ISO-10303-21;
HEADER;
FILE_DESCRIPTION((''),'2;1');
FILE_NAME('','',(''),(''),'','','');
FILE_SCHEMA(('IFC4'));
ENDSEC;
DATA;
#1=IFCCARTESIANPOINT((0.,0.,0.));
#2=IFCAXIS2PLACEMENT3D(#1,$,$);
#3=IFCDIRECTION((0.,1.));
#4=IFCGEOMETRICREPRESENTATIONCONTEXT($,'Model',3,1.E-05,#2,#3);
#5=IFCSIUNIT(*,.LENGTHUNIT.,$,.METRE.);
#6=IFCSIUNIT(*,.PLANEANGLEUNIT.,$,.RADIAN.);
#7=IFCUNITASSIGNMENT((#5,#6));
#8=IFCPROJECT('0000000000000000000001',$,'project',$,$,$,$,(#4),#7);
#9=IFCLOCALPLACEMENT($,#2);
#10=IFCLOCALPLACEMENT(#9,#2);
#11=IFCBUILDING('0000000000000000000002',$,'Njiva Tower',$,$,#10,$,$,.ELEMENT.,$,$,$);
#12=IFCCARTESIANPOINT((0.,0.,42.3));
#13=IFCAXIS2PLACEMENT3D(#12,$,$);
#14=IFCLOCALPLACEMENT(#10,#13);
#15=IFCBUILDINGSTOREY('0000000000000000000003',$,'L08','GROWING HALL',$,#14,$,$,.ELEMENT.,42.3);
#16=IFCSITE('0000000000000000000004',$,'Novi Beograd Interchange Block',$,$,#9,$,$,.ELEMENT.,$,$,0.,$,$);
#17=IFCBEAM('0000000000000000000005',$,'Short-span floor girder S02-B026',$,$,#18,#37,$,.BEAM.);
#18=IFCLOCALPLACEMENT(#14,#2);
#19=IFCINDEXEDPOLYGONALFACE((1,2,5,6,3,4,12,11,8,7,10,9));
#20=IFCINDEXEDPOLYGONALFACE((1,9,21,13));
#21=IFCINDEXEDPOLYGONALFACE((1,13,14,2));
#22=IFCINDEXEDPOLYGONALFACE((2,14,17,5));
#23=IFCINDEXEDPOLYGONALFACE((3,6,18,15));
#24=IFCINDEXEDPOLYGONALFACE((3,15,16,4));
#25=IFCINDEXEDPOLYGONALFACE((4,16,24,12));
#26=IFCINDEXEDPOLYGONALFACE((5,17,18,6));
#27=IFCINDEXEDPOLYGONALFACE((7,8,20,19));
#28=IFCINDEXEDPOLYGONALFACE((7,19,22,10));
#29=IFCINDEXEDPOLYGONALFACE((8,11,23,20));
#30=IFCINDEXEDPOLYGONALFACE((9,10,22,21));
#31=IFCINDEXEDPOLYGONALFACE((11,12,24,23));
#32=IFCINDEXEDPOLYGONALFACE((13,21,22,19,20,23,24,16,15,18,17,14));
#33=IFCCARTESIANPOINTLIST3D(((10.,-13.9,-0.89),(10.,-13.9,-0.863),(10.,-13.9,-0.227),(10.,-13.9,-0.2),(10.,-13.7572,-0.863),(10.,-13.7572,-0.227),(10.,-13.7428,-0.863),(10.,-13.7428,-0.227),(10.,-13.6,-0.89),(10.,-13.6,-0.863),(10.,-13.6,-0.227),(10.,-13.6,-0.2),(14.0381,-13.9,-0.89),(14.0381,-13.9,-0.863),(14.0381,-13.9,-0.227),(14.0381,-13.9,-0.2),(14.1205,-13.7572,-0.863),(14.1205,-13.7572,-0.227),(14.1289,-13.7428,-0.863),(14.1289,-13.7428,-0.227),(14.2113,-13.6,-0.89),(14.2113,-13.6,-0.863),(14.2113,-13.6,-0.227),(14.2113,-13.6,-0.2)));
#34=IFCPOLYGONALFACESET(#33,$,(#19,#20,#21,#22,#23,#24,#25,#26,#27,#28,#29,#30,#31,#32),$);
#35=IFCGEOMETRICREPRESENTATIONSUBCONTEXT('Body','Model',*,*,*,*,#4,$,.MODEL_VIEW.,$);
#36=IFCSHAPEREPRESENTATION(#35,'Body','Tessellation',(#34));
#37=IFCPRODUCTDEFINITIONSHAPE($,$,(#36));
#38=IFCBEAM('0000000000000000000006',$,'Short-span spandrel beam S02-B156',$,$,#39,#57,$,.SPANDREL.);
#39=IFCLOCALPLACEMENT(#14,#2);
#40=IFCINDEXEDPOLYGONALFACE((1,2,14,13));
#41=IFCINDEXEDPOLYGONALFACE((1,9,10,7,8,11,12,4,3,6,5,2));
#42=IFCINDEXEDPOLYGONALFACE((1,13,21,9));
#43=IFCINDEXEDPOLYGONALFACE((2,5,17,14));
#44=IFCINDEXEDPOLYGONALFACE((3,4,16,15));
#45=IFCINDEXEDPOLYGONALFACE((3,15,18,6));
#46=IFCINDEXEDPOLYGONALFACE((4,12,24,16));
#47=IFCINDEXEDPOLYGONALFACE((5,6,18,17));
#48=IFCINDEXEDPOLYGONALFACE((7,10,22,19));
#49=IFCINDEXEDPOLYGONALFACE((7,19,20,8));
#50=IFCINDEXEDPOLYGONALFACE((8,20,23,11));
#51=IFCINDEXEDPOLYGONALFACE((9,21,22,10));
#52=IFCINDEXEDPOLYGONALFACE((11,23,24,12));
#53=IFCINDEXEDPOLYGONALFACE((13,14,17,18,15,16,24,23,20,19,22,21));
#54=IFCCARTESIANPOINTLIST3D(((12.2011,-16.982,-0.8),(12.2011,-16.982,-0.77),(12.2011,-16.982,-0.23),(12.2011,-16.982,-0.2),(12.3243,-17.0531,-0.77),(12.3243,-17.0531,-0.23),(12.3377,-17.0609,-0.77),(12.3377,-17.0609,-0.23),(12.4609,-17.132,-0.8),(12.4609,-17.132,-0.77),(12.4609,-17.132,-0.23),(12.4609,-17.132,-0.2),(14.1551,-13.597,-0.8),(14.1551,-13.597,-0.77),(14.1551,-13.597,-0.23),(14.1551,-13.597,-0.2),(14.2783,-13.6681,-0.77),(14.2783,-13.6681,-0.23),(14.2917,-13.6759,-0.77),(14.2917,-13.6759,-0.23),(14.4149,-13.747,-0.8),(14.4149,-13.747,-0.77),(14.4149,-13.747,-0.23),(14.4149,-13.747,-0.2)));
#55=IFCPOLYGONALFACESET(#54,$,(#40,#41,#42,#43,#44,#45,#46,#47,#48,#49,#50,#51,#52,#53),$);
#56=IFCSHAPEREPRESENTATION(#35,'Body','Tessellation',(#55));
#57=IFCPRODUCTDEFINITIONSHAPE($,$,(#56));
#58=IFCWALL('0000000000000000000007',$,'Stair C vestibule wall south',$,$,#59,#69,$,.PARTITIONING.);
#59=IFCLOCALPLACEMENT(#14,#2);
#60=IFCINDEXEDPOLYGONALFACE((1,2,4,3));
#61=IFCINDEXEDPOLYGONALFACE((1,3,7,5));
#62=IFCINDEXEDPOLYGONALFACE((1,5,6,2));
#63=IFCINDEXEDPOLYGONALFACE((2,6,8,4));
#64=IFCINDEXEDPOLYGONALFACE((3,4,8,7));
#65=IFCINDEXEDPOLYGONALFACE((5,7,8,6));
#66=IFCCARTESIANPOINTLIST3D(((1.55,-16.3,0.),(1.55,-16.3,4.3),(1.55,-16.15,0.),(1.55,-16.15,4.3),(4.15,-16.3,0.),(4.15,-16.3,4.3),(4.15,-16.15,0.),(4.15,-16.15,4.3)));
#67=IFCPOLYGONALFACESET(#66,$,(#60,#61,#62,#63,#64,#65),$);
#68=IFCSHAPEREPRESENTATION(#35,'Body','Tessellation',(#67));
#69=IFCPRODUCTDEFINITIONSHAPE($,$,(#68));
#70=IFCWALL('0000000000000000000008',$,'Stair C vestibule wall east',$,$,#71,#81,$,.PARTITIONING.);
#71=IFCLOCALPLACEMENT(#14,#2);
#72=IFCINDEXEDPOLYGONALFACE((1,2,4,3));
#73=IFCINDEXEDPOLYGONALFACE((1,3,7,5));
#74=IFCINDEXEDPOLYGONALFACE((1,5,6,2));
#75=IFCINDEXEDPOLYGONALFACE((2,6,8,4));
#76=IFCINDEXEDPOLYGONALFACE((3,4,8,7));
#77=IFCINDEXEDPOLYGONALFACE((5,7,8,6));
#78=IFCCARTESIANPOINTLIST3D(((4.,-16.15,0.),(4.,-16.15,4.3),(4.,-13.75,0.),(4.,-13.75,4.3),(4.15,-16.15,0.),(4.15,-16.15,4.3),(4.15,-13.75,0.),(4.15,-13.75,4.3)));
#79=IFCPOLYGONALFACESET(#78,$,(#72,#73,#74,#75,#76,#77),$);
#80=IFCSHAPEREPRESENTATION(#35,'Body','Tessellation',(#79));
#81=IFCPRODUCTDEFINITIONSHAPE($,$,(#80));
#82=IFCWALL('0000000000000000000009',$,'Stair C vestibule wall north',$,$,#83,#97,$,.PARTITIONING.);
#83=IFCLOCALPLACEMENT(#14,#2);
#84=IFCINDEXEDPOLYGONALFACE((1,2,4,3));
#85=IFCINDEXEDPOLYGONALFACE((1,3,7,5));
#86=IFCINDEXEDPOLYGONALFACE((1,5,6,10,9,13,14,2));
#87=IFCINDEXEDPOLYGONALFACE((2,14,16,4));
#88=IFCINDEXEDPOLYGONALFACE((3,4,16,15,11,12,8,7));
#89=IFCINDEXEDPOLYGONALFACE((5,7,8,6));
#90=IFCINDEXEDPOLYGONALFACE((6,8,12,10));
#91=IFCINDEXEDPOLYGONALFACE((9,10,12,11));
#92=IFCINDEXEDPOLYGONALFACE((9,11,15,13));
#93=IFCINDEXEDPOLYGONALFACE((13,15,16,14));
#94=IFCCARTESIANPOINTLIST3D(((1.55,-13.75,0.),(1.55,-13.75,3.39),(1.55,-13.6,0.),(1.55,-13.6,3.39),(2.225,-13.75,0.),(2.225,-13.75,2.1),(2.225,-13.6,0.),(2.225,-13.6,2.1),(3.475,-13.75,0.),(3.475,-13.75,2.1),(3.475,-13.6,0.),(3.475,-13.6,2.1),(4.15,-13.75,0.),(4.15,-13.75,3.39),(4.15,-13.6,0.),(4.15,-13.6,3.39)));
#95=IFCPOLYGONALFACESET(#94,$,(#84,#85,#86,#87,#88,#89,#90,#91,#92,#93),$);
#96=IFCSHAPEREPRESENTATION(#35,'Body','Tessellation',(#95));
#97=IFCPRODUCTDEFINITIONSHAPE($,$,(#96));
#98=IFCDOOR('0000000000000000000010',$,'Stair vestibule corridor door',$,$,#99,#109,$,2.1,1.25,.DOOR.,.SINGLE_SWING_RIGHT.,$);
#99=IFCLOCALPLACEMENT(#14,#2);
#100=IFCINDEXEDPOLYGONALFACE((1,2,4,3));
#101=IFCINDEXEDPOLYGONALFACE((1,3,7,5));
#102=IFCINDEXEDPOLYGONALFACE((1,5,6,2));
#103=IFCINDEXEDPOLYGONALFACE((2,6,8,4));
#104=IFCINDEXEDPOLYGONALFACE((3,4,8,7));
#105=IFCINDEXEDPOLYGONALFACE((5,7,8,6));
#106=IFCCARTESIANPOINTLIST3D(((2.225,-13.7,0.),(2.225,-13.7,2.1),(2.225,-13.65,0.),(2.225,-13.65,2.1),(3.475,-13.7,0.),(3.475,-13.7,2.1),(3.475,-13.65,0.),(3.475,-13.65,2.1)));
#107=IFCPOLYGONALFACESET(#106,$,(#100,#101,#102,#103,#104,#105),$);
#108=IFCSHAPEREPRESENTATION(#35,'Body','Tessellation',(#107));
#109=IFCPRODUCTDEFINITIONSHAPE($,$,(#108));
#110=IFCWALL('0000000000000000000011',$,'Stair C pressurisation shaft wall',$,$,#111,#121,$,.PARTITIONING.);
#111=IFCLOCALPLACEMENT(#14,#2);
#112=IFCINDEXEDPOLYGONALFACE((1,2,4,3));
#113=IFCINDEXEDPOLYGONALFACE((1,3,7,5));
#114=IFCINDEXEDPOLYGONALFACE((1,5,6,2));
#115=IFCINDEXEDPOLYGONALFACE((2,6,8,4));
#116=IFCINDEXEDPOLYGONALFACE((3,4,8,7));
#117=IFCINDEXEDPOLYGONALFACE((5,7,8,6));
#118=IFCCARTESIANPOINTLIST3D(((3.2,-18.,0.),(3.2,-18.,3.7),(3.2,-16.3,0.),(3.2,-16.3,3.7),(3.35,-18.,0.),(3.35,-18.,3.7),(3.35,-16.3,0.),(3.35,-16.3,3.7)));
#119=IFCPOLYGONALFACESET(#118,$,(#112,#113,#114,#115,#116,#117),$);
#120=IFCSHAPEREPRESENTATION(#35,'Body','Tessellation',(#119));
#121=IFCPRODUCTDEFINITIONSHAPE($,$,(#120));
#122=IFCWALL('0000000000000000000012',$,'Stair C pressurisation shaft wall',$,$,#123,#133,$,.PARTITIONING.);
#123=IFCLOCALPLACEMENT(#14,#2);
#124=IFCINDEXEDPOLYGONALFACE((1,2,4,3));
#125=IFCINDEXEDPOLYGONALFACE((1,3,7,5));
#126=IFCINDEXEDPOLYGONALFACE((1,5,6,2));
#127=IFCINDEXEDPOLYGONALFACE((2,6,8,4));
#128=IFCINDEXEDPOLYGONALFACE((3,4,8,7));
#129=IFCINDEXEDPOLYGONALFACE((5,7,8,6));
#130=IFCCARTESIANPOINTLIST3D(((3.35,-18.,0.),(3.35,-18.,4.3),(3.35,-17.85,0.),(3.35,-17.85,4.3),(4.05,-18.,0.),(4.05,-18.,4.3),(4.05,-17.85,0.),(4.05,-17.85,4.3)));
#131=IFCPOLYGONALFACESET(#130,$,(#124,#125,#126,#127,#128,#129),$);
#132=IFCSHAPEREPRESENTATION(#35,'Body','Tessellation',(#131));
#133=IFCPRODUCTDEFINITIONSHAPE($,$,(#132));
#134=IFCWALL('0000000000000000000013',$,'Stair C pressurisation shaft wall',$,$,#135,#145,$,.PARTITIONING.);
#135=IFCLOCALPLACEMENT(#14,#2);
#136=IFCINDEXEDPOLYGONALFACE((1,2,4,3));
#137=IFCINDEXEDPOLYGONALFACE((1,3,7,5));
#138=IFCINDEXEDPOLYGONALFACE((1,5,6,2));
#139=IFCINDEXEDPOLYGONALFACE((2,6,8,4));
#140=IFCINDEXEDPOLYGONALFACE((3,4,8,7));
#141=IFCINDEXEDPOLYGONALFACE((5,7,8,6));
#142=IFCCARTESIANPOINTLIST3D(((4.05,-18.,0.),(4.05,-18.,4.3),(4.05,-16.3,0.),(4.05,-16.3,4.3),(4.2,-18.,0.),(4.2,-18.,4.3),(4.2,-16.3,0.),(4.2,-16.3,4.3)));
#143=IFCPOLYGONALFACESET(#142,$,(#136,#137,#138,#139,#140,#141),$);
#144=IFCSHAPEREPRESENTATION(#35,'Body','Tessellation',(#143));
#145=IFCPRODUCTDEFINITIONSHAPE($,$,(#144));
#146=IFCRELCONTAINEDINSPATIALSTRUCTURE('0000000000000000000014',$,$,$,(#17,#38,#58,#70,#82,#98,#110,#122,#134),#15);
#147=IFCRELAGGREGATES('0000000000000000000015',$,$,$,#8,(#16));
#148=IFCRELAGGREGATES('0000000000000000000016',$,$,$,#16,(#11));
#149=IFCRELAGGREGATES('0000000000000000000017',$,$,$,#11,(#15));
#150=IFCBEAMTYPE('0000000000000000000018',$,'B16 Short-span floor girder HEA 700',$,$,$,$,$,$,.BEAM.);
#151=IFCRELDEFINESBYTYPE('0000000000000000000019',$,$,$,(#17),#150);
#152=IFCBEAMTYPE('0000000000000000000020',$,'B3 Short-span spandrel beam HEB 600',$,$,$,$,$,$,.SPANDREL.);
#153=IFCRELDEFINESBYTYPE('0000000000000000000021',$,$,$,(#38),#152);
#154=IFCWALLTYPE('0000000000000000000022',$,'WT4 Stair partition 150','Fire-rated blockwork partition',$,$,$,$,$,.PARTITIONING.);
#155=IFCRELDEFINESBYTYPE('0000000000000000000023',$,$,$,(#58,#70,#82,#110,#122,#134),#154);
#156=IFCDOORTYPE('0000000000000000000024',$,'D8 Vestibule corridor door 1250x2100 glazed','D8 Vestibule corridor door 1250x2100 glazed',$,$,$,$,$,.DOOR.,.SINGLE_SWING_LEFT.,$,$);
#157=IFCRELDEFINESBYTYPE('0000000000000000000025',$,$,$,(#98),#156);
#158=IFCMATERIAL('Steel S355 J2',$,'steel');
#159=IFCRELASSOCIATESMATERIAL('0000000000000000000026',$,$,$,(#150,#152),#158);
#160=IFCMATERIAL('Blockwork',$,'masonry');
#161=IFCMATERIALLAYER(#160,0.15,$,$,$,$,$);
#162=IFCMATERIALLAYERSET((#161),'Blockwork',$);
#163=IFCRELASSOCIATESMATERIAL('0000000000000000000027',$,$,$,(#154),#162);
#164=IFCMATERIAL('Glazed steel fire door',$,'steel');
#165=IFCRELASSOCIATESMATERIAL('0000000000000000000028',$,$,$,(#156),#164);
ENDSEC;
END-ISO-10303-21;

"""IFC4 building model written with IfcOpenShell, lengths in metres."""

from ifc_helpers import new_model, si_unit, direction, frame, frame_2d, origin, origin_2d, place, context, subcontext, project, spatial, rectangle, i_section, extrude, clip, halfspace, material, layer, layer_set, material_profile, profile_set, type_object, element, fill, save


model = new_model("IFC4")

# Units and contexts
model_context = context("Model", 3, precision=1e-05, world=origin(), true_north=direction((0.0, 1.0)))
body_context = subcontext(model_context, "Body", "Model", "MODEL_VIEW")
ifc_project = project(units=[si_unit("LENGTHUNIT", "METRE"), si_unit("PLANEANGLEUNIT", "RADIAN")], contexts=[model_context])

# Site, building, storey
site_placement = place(None, origin())
site = spatial("IfcSite", under=ifc_project, at=site_placement, Name="Novi Beograd Interchange Block", CompositionType="ELEMENT", RefElevation=0.0)
building_placement = place(site_placement, origin())
building = spatial("IfcBuilding", under=site, at=building_placement, Name="Njiva Tower", CompositionType="ELEMENT")
storey_placement = place(building_placement, frame((0.0, 0.0, 42.3)))
storey = spatial("IfcBuildingStorey", under=building, at=storey_placement, Name="L08", Description="GROWING HALL", CompositionType="ELEMENT", Elevation=42.3)

# Shared definitions
ifc_material_1 = material(Name="Steel S355 J2", Category="steel")

# Beams
ifc_material_profile_1 = material_profile(ifc_material_1, i_section(OverallWidth=0.3, OverallDepth=0.69, WebThickness=0.0145, FlangeThickness=0.027, at=origin_2d()), Name="HEA 700")
ifc_profile_set_1 = profile_set([ifc_material_profile_1], Name="Steel S355 J2")
beam_type_1 = type_object("IfcBeamType", Name="B16 Short-span floor girder HEA 700", PredefinedType="BEAM", material=ifc_profile_set_1)
beam_1_placement = place(storey_placement, frame((10.0, -13.75, -0.545), z_axis=(1.0, 0.0, 0.0), x_axis=(0.0, 1.0, 0.0)))
element("IfcBeam", 1, at=beam_1_placement, inside=storey, type_object=beam_type_1, Name="Short-span floor girder S02-B026", PredefinedType="BEAM", context=body_context, shape_type="Clipping", body=[
    clip(extrude(i_section(OverallWidth=0.3, OverallDepth=0.69, WebThickness=0.0145, FlangeThickness=0.027, at=origin_2d()), origin(), (0.0, 0.0, 1.0), 4.232), halfspace(frame((-0.025, 0.0, 4.1103), z_axis=(-0.499998, 0.0, 0.866027), x_axis=(0.0, 1.0, 0.0)), False)),
])
ifc_material_profile_2 = material_profile(ifc_material_1, i_section(OverallWidth=0.3, OverallDepth=0.6, WebThickness=0.0155, FlangeThickness=0.03, at=origin_2d()), Name="HEB 600")
ifc_profile_set_2 = profile_set([ifc_material_profile_2], Name="Steel S355 J2")
beam_type_2 = type_object("IfcBeamType", Name="B3 Short-span spandrel beam HEB 600", PredefinedType="SPANDREL", material=ifc_profile_set_2)
beam_2_placement = place(storey_placement, frame((12.331, -17.057, -0.5), z_axis=(0.499937, 0.866062, 0.0), x_axis=(-0.866062, 0.499937, 0.0)))
element("IfcBeam", 2, at=beam_2_placement, inside=storey, type_object=beam_type_2, Name="Short-span spandrel beam S02-B156", PredefinedType="SPANDREL", context=body_context, shape_type="SweptSolid", body=[
    extrude(i_section(OverallWidth=0.3, OverallDepth=0.6, WebThickness=0.0155, FlangeThickness=0.03, at=origin_2d()), origin(), (0.0, 0.0, 1.0), 3.9085),
])

# Walls
ifc_material_2 = material(Name="Blockwork", Category="masonry")
ifc_layer = layer(ifc_material_2, 0.15)
ifc_layer_set = layer_set([ifc_layer], Name="Blockwork")
wall_type = type_object("IfcWallType", Name="WT4 Stair partition 150", Description="Fire-rated blockwork partition", PredefinedType="PARTITIONING", material=ifc_layer_set)
wall_1_placement = place(storey_placement, frame((1.55, -16.225, 0.0), z_axis=(0.0, 0.0, 1.0), x_axis=(1.0, 0.0, 0.0)))
element("IfcWall", 3, at=wall_1_placement, inside=storey, type_object=wall_type, Name="Stair C vestibule wall south", PredefinedType="PARTITIONING", context=body_context, shape_type="SweptSolid", body=[
    extrude(rectangle(XDim=2.6, YDim=0.15, at=frame_2d((1.3, 0.0))), origin(), (0.0, 0.0, 1.0), 4.3),
])
wall_2_placement = place(storey_placement, frame((4.075, -16.15, 0.0), z_axis=(0.0, 0.0, 1.0), x_axis=(0.0, 1.0, 0.0)))
element("IfcWall", 4, at=wall_2_placement, inside=storey, type_object=wall_type, Name="Stair C vestibule wall east", PredefinedType="PARTITIONING", context=body_context, shape_type="SweptSolid", body=[
    extrude(rectangle(XDim=2.4, YDim=0.15, at=frame_2d((1.2, 0.0))), origin(), (0.0, 0.0, 1.0), 4.3),
])

# Wall, opening, door
wall_3_placement = place(storey_placement, frame((1.55, -13.675, 0.0), z_axis=(0.0, 0.0, 1.0), x_axis=(1.0, 0.0, 0.0)))
wall_3 = element("IfcWall", 5, at=wall_3_placement, inside=storey, type_object=wall_type, Name="Stair C vestibule wall north", PredefinedType="PARTITIONING", context=body_context, shape_type="SweptSolid", body=[
    extrude(rectangle(XDim=2.6, YDim=0.15, at=frame_2d((1.3, 0.0))), origin(), (0.0, 0.0, 1.0), 3.39),
])
opening_placement = place(wall_3_placement, frame((0.675, 0.0, 0.0)))
opening = element("IfcOpeningElement", 6, at=opening_placement, cuts=wall_3, PredefinedType="OPENING", context=body_context, shape_type="SweptSolid", body=[
    extrude(rectangle(XDim=1.25, YDim=2.1, at=frame_2d((0.625, 1.05))), frame((0.0, 0.085, 0.0), z_axis=(0.0, -1.0, 0.0), x_axis=(1.0, 0.0, 0.0)), (0.0, 0.0, 1.0), 0.17),
])
ifc_material_3 = material(Name="Glazed steel fire door", Category="steel")
door_type = type_object("IfcDoorType", Name="D8 Vestibule corridor door 1250x2100 glazed", Description="D8 Vestibule corridor door 1250x2100 glazed", OperationType="SINGLE_SWING_LEFT", PredefinedType="DOOR", material=ifc_material_3)
door_placement = place(opening_placement, origin())
door = element("IfcDoor", 7, at=door_placement, inside=storey, type_object=door_type, Name="Stair vestibule corridor door", OperationType="SINGLE_SWING_RIGHT", OverallHeight=2.1, OverallWidth=1.25, PredefinedType="DOOR", context=body_context, shape_type="SweptSolid", body=[
    extrude(rectangle(XDim=1.25, YDim=2.1, at=frame_2d((0.625, 1.05))), frame((0.0, 0.025, 0.0), z_axis=(0.0, -1.0, 0.0), x_axis=(1.0, 0.0, 0.0)), (0.0, 0.0, 1.0), 0.05),
])
fill(opening, door)

# Walls
wall_4_placement = place(storey_placement, frame((3.275, -18.0, 0.0), z_axis=(0.0, 0.0, 1.0), x_axis=(0.0, 1.0, 0.0)))
element("IfcWall", 8, at=wall_4_placement, inside=storey, type_object=wall_type, Name="Stair C pressurisation shaft wall", PredefinedType="PARTITIONING", context=body_context, shape_type="SweptSolid", body=[
    extrude(rectangle(XDim=1.7, YDim=0.15, at=frame_2d((0.85, 0.0))), origin(), (0.0, 0.0, 1.0), 3.7),
])
wall_5_placement = place(storey_placement, frame((3.35, -17.925, 0.0), z_axis=(0.0, 0.0, 1.0), x_axis=(1.0, 0.0, 0.0)))
element("IfcWall", 9, at=wall_5_placement, inside=storey, type_object=wall_type, Name="Stair C pressurisation shaft wall", PredefinedType="PARTITIONING", context=body_context, shape_type="SweptSolid", body=[
    extrude(rectangle(XDim=0.7, YDim=0.15, at=frame_2d((0.35, 0.0))), origin(), (0.0, 0.0, 1.0), 4.3),
])
wall_6_placement = place(storey_placement, frame((4.125, -18.0, 0.0), z_axis=(0.0, 0.0, 1.0), x_axis=(0.0, 1.0, 0.0)))
element("IfcWall", 10, at=wall_6_placement, inside=storey, type_object=wall_type, Name="Stair C pressurisation shaft wall", PredefinedType="PARTITIONING", context=body_context, shape_type="SweptSolid", body=[
    extrude(rectangle(XDim=1.7, YDim=0.15, at=frame_2d((0.85, 0.0))), origin(), (0.0, 0.0, 1.0), 4.3),
])

save(model, "model.ifc")
